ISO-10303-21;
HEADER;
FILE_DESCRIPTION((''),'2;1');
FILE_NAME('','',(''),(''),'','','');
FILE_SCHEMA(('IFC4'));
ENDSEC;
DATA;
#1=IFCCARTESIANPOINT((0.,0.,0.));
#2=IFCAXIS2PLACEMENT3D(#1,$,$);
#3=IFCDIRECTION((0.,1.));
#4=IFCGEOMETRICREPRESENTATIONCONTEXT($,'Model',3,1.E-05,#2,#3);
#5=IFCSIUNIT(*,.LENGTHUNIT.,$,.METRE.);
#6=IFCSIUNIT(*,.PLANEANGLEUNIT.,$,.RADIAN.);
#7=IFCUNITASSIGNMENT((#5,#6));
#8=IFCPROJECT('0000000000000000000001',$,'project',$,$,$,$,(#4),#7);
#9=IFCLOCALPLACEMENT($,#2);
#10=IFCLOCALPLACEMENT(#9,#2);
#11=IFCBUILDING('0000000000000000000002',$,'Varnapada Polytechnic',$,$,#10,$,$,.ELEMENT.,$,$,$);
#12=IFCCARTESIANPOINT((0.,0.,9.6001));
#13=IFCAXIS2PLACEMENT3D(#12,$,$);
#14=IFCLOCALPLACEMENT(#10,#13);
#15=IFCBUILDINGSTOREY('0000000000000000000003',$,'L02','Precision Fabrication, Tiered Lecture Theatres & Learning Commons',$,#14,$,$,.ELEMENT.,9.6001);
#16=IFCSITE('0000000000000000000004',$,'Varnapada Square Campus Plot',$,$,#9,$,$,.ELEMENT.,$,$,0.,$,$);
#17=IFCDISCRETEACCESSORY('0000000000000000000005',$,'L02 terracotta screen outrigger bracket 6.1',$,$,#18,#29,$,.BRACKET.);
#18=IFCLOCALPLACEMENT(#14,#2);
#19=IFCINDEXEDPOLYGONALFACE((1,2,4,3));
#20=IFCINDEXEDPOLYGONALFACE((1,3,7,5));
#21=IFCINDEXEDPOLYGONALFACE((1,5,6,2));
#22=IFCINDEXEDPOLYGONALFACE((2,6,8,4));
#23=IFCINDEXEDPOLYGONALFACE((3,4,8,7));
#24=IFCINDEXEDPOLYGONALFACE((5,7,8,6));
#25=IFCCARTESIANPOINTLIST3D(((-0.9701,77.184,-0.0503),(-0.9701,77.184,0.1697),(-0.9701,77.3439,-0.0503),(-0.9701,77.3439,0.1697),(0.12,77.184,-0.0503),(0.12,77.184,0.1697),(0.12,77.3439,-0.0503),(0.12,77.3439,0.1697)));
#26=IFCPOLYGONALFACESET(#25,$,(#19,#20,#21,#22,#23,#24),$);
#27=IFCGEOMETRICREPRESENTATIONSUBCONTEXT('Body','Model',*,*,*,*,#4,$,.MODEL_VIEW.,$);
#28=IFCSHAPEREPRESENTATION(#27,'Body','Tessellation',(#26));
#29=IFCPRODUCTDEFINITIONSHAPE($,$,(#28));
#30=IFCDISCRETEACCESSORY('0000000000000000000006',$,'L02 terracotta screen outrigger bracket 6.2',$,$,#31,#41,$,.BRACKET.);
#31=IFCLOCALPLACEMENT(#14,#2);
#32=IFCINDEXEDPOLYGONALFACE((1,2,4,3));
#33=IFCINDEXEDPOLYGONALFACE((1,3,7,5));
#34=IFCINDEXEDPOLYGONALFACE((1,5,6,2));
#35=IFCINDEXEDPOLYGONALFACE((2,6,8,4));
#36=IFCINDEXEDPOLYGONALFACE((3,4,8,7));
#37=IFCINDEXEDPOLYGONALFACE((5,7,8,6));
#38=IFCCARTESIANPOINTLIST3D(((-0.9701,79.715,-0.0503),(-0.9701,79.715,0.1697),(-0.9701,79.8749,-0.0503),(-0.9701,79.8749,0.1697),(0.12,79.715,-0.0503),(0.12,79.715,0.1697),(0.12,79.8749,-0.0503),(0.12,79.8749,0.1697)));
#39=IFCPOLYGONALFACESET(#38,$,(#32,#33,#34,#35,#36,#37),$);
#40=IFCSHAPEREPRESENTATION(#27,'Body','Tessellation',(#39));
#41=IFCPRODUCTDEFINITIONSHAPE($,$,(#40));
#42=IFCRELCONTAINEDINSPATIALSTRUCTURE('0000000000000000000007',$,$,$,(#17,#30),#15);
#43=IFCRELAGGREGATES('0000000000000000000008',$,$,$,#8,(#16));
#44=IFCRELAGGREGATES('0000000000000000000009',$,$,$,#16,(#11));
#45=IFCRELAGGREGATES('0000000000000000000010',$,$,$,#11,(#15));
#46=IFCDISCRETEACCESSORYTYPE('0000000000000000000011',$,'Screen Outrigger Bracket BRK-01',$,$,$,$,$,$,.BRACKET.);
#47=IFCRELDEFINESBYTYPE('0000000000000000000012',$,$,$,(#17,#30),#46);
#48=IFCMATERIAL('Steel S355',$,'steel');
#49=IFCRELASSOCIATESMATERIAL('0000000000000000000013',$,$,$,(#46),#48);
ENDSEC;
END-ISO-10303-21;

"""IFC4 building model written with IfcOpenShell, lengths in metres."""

from ifc_helpers import new_model, si_unit, direction, frame, origin, origin_2d, place, context, subcontext, project, spatial, rectangle, extrude, material, type_object, element, save


model = new_model("IFC4")

# Units and contexts
model_context = context("Model", 3, precision=1e-05, world=origin(), true_north=direction((0.0, 1.0)))
body_context = subcontext(model_context, "Body", "Model", "MODEL_VIEW")
ifc_project = project(units=[si_unit("LENGTHUNIT", "METRE"), si_unit("PLANEANGLEUNIT", "RADIAN")], contexts=[model_context])

# Site, building, storey
site_placement = place(None, origin())
site = spatial("IfcSite", under=ifc_project, at=site_placement, Name="Varnapada Square Campus Plot", CompositionType="ELEMENT", RefElevation=0.0)
building_placement = place(site_placement, origin())
building = spatial("IfcBuilding", under=site, at=building_placement, Name="Varnapada Polytechnic", CompositionType="ELEMENT")
storey_placement = place(building_placement, frame((0.0, 0.0, 9.6001)))
storey = spatial("IfcBuildingStorey", under=building, at=storey_placement, Name="L02", Description="Precision Fabrication, Tiered Lecture Theatres & Learning Commons", CompositionType="ELEMENT", Elevation=9.6001)

# Discrete accessories
ifc_material_1 = material(Name="Steel S355", Category="steel")
discrete_accessory_type = type_object("IfcDiscreteAccessoryType", Name="Screen Outrigger Bracket BRK-01", PredefinedType="BRACKET", material=ifc_material_1)
for number, where, z_axis, x_axis, name in (
    (1, (-0.425, 77.2639, -0.0503), (0.0, 0.0, 1.0), (0.0, 1.0, 0.0), "L02 terracotta screen outrigger bracket 6.1"),
    (2, (-0.425, 79.7949, -0.0503), (0.0, 0.0, 1.0), (0.0, 1.0, 0.0), "L02 terracotta screen outrigger bracket 6.2"),
):
    element("IfcDiscreteAccessory", number, at=place(storey_placement, frame(where, z_axis=z_axis, x_axis=x_axis)), inside=storey, type_object=discrete_accessory_type, Name=name, PredefinedType="BRACKET", context=body_context, shape_type="SweptSolid", body=[
        extrude(rectangle(XDim=0.1599, YDim=1.0901, at=origin_2d()), origin(), (0.0, 0.0, 1.0), 0.22),
    ])

save(model, "model.ifc")
